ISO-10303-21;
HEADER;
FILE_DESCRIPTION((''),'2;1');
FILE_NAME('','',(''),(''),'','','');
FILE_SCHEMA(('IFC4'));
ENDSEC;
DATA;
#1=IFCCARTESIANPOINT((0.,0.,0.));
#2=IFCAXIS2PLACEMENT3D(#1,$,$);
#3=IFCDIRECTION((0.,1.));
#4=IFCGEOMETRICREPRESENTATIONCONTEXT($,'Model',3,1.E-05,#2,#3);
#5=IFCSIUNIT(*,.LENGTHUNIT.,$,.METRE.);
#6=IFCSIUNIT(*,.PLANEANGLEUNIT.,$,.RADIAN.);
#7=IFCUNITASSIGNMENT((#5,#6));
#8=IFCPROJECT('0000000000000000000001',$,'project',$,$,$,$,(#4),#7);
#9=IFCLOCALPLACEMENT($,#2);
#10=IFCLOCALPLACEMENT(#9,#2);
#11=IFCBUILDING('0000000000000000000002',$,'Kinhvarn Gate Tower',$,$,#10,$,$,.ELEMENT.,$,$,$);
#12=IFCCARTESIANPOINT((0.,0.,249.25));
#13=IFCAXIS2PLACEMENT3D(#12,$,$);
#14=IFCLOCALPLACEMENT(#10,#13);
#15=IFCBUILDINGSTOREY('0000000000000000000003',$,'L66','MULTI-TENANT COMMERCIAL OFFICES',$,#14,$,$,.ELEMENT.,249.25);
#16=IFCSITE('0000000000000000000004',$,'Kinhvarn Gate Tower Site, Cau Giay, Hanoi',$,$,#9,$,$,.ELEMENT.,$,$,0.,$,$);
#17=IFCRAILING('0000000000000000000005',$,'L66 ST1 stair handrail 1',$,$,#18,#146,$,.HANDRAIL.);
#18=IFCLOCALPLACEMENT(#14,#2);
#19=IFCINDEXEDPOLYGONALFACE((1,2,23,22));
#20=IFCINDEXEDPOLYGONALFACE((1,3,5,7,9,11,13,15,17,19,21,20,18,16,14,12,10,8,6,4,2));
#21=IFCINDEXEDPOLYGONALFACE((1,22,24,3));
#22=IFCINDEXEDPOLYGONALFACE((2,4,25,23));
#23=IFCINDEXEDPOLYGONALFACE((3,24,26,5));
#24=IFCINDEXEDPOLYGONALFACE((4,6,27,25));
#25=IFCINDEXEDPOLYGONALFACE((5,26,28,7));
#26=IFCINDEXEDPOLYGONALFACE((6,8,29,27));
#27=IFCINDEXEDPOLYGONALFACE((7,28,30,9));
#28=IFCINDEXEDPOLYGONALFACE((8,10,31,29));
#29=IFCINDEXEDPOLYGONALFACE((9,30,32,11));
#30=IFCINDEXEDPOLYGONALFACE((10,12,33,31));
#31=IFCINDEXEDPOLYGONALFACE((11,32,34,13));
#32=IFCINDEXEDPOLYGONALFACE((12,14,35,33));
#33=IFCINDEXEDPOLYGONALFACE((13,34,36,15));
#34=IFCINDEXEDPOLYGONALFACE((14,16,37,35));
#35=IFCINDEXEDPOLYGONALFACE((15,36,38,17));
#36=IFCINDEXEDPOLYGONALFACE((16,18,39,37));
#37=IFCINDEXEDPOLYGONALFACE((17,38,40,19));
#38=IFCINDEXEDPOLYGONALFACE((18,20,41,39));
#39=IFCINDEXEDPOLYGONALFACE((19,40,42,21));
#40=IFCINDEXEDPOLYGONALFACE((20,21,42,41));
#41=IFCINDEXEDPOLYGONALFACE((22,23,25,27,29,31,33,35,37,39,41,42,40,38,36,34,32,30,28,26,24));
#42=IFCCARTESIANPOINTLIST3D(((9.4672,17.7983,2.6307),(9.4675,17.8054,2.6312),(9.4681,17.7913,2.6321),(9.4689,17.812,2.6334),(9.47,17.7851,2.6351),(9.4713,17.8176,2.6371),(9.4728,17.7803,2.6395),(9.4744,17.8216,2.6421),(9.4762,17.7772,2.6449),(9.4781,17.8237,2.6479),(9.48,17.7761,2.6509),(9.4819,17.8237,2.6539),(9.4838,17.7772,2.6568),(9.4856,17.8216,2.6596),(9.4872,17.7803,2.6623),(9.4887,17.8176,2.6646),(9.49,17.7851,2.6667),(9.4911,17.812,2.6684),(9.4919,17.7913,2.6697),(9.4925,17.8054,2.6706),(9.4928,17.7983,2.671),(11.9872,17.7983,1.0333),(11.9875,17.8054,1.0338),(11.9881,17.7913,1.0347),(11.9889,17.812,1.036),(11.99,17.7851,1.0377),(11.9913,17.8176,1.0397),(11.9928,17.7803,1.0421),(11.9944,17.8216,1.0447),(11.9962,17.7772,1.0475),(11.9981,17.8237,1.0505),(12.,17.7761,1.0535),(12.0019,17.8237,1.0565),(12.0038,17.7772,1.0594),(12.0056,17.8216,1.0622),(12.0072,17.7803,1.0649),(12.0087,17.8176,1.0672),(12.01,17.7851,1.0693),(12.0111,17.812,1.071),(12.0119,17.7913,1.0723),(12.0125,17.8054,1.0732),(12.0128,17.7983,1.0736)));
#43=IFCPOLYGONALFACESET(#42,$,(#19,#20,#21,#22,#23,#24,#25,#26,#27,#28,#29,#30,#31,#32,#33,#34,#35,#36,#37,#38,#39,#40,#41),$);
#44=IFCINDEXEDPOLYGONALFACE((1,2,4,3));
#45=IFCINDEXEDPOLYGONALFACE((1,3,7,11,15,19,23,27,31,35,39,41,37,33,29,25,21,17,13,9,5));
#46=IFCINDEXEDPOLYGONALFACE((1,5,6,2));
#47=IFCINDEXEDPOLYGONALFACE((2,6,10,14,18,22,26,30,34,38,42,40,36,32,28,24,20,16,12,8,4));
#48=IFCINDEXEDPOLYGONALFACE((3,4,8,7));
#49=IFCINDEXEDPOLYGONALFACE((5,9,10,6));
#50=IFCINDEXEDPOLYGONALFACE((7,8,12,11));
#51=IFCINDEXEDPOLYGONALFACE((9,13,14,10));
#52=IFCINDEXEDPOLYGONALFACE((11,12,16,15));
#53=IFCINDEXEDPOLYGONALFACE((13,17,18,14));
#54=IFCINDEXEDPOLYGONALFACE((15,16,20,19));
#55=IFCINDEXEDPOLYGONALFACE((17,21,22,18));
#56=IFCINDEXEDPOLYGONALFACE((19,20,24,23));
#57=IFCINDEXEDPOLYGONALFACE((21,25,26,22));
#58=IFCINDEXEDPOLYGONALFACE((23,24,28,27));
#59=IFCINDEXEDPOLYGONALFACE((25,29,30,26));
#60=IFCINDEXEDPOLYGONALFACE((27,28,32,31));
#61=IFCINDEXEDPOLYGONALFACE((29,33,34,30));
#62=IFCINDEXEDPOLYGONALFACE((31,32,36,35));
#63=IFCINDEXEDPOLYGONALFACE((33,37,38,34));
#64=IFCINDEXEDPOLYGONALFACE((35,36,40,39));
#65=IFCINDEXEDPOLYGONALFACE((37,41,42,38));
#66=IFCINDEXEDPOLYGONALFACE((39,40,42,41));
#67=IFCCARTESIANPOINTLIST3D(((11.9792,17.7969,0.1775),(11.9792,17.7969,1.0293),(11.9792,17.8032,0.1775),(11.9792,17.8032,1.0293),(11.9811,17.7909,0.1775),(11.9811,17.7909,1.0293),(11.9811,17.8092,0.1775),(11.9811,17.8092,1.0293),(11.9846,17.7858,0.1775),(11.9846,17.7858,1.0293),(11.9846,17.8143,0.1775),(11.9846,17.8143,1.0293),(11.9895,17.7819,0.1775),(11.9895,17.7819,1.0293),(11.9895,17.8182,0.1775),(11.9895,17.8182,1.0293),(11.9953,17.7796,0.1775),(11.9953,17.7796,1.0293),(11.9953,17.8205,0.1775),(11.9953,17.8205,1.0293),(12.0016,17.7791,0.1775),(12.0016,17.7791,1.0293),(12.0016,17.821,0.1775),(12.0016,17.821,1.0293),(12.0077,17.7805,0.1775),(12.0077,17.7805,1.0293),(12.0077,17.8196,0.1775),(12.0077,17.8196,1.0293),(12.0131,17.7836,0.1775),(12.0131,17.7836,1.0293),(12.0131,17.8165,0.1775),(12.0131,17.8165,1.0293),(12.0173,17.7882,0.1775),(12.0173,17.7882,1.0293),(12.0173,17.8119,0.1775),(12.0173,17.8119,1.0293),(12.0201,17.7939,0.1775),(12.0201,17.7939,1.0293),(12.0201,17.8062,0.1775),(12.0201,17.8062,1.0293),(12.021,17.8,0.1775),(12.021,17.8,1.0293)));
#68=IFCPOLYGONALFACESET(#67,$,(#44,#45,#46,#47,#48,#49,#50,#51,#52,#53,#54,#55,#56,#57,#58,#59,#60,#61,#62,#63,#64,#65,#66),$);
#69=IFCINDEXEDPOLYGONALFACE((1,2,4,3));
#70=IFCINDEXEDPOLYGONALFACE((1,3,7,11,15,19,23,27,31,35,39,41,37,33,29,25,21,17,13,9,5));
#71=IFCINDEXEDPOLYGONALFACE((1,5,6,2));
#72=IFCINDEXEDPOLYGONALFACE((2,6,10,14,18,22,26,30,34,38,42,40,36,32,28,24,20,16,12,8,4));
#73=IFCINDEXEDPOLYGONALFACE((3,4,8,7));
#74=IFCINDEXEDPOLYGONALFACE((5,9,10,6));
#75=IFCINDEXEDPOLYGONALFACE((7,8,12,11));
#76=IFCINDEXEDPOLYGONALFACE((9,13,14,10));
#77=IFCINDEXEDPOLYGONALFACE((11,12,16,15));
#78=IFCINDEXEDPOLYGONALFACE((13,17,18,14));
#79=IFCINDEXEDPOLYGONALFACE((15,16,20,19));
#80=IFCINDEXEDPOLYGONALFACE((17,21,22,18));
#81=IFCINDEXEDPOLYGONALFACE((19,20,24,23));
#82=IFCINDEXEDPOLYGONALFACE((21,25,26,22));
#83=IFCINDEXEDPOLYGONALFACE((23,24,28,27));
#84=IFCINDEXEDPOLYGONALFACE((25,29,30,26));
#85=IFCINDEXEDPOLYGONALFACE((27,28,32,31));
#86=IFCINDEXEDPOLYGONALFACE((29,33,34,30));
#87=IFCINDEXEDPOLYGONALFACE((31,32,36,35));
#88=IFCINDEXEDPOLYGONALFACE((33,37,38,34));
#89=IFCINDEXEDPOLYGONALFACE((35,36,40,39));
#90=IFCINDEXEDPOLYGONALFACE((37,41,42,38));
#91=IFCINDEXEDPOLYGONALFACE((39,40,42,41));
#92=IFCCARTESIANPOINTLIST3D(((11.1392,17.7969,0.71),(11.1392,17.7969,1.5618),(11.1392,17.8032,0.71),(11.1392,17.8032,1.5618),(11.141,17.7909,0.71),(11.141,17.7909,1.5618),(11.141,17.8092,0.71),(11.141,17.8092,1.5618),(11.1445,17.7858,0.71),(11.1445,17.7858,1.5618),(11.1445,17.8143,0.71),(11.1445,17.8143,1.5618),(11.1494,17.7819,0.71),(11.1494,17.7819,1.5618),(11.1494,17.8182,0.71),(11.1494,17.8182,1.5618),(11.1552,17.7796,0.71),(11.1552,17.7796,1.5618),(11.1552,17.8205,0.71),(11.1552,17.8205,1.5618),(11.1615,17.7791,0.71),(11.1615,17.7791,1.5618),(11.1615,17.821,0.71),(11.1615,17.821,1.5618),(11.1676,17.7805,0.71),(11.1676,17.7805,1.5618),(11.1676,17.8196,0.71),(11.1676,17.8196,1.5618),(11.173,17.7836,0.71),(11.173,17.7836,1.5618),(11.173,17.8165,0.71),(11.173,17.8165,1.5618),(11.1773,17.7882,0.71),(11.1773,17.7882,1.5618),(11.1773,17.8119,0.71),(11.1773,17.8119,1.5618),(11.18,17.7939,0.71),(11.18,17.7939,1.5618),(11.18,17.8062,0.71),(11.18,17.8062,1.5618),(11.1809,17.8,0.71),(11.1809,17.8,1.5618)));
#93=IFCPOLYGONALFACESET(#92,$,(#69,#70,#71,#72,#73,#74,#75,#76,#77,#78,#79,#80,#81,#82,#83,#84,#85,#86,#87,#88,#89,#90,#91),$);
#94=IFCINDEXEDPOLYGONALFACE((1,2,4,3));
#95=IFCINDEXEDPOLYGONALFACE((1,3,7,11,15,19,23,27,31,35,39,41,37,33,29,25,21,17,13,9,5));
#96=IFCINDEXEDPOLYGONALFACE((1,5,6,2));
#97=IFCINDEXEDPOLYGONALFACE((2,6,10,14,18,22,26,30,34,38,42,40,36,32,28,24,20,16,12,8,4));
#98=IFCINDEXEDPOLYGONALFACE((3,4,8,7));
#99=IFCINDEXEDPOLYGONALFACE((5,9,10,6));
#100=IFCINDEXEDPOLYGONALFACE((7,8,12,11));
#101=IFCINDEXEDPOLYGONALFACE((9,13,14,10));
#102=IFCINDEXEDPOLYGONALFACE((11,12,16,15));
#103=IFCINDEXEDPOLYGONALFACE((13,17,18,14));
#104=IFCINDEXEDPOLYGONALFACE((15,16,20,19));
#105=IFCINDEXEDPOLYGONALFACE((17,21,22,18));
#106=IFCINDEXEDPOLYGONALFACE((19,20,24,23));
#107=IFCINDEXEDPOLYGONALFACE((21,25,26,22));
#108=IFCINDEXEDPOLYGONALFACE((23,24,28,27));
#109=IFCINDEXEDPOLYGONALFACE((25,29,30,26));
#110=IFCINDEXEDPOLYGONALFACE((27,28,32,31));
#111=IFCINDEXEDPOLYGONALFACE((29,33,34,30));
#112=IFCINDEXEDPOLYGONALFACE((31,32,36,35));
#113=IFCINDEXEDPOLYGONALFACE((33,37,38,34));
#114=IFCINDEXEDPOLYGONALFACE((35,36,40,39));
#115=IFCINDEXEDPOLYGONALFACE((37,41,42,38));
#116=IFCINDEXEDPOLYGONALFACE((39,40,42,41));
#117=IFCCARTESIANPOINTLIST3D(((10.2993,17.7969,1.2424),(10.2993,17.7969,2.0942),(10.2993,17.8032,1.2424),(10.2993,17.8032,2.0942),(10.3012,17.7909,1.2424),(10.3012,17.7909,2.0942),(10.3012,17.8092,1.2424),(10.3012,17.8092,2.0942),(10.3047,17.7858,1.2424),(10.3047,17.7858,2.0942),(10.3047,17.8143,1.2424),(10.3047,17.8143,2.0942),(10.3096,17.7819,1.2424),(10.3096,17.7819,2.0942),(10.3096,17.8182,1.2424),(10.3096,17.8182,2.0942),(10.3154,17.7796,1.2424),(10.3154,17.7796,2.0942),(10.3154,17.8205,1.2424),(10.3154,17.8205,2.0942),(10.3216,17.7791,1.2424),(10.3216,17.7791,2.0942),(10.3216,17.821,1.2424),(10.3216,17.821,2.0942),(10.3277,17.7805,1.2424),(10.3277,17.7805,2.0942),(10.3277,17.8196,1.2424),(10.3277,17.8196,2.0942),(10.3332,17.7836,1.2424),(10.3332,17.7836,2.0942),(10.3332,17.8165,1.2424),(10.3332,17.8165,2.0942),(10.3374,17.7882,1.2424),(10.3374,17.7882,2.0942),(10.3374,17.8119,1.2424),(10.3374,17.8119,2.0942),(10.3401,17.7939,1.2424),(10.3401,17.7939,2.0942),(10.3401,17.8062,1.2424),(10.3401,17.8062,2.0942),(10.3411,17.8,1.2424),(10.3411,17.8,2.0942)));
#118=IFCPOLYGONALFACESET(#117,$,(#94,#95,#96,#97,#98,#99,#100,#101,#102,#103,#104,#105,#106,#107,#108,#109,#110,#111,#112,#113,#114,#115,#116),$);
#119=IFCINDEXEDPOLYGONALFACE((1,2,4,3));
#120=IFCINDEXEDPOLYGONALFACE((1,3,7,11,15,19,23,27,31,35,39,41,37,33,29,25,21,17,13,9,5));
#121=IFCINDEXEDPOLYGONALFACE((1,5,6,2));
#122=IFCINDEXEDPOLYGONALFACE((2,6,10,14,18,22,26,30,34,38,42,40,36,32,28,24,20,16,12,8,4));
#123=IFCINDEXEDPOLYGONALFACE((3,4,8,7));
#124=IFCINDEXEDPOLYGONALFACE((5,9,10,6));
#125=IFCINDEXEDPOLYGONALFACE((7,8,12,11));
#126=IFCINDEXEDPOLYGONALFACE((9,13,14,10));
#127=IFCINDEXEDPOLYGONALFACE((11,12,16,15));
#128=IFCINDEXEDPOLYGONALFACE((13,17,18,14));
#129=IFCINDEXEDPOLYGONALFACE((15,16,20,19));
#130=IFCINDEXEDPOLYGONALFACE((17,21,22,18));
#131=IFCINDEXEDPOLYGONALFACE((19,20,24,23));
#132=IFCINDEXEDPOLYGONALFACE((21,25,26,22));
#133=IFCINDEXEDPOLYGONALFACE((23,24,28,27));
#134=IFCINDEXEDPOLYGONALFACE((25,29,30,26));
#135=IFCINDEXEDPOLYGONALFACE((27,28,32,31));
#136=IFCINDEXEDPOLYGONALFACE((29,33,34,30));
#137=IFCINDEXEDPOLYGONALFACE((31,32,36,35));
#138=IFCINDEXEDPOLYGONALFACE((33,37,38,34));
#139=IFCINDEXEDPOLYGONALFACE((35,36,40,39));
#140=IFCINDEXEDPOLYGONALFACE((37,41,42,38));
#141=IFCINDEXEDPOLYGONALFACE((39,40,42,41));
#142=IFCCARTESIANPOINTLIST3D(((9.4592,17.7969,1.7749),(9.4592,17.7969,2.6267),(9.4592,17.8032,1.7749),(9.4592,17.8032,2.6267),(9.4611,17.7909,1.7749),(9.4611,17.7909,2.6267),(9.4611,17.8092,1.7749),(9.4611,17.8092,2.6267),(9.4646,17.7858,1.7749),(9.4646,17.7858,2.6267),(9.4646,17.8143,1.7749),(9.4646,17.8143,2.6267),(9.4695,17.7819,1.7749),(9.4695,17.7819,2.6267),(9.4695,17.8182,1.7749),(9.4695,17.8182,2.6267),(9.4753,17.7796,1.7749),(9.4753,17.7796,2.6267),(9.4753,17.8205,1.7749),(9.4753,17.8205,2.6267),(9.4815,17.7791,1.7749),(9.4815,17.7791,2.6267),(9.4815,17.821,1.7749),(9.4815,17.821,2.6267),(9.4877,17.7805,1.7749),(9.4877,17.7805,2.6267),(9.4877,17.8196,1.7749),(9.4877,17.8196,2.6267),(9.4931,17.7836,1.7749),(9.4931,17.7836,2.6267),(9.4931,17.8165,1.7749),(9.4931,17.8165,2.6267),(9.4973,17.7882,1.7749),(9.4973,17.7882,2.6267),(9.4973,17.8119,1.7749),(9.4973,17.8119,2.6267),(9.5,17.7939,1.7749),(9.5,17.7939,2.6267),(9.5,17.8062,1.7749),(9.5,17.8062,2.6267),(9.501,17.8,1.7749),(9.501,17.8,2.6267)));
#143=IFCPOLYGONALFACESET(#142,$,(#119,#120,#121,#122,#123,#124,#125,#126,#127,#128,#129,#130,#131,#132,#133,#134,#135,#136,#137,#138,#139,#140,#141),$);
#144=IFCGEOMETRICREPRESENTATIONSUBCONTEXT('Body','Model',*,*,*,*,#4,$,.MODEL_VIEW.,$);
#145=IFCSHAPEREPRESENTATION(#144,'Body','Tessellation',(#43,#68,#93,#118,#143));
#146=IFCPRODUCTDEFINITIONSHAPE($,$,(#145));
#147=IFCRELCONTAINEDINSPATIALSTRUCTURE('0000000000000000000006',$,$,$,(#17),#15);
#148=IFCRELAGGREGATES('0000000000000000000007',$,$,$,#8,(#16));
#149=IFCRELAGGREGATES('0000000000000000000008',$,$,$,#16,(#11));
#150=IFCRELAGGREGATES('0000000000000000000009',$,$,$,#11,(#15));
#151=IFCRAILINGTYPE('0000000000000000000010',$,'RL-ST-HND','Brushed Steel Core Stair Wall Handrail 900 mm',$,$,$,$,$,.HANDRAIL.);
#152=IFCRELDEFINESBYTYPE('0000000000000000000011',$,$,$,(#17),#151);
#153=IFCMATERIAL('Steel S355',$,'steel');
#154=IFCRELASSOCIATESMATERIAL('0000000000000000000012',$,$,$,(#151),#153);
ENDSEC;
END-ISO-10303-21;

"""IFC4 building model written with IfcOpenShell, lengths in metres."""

from ifc_helpers import new_model, si_unit, direction, frame, origin, origin_2d, place, context, subcontext, project, spatial, circle, extrude, material, type_object, element, save


model = new_model("IFC4")

# Units and contexts
model_context = context("Model", 3, precision=1e-05, world=origin(), true_north=direction((0.0, 1.0)))
body_context = subcontext(model_context, "Body", "Model", "MODEL_VIEW")
ifc_project = project(units=[si_unit("LENGTHUNIT", "METRE"), si_unit("PLANEANGLEUNIT", "RADIAN")], contexts=[model_context])

# Site, building, storey
site_placement = place(None, origin())
site = spatial("IfcSite", under=ifc_project, at=site_placement, Name="Kinhvarn Gate Tower Site, Cau Giay, Hanoi", CompositionType="ELEMENT", RefElevation=0.0)
building_placement = place(site_placement, origin())
building = spatial("IfcBuilding", under=site, at=building_placement, Name="Kinhvarn Gate Tower", CompositionType="ELEMENT")
storey_placement = place(building_placement, frame((0.0, 0.0, 249.25)))
storey = spatial("IfcBuildingStorey", under=building, at=storey_placement, Name="L66", Description="MULTI-TENANT COMMERCIAL OFFICES", CompositionType="ELEMENT", Elevation=249.25)

# Shared definitions
ifc_material_1 = material(Name="Steel S355", Category="steel")

# Railing
railing_type_1 = type_object("IfcRailingType", Name="RL-ST-HND", Description="Brushed Steel Core Stair Wall Handrail 900 mm", PredefinedType="HANDRAIL", material=ifc_material_1)
railing_1_placement = place(storey_placement, frame((12.0, 17.8, 0.1775)))
element("IfcRailing", 1, at=railing_1_placement, inside=storey, type_object=railing_type_1, Name="L66 ST1 stair handrail 1", PredefinedType="HANDRAIL", context=body_context, shape_type="SweptSolid", body=[
    extrude(circle(Radius=0.0239, at=origin_2d()), frame((0.0, 0.0, 0.876), z_axis=(-0.844607, 0.0, 0.535387), x_axis=(0.0, -1.0, 0.0)), (0.0, 0.0, 1.0), 2.9836),
    extrude(circle(Radius=0.021, at=origin_2d()), origin(), (0.0, 0.0, 1.0), 0.8518),
    extrude(circle(Radius=0.021, at=origin_2d()), frame((-0.8401, 0.0, 0.5325)), (0.0, 0.0, 1.0), 0.8518),
    extrude(circle(Radius=0.021, at=origin_2d()), frame((-1.6799, 0.0, 1.0649)), (0.0, 0.0, 1.0), 0.8518),
    extrude(circle(Radius=0.021, at=origin_2d()), frame((-2.52, 0.0, 1.5974)), (0.0, 0.0, 1.0), 0.8518),
])

save(model, "model.ifc")
